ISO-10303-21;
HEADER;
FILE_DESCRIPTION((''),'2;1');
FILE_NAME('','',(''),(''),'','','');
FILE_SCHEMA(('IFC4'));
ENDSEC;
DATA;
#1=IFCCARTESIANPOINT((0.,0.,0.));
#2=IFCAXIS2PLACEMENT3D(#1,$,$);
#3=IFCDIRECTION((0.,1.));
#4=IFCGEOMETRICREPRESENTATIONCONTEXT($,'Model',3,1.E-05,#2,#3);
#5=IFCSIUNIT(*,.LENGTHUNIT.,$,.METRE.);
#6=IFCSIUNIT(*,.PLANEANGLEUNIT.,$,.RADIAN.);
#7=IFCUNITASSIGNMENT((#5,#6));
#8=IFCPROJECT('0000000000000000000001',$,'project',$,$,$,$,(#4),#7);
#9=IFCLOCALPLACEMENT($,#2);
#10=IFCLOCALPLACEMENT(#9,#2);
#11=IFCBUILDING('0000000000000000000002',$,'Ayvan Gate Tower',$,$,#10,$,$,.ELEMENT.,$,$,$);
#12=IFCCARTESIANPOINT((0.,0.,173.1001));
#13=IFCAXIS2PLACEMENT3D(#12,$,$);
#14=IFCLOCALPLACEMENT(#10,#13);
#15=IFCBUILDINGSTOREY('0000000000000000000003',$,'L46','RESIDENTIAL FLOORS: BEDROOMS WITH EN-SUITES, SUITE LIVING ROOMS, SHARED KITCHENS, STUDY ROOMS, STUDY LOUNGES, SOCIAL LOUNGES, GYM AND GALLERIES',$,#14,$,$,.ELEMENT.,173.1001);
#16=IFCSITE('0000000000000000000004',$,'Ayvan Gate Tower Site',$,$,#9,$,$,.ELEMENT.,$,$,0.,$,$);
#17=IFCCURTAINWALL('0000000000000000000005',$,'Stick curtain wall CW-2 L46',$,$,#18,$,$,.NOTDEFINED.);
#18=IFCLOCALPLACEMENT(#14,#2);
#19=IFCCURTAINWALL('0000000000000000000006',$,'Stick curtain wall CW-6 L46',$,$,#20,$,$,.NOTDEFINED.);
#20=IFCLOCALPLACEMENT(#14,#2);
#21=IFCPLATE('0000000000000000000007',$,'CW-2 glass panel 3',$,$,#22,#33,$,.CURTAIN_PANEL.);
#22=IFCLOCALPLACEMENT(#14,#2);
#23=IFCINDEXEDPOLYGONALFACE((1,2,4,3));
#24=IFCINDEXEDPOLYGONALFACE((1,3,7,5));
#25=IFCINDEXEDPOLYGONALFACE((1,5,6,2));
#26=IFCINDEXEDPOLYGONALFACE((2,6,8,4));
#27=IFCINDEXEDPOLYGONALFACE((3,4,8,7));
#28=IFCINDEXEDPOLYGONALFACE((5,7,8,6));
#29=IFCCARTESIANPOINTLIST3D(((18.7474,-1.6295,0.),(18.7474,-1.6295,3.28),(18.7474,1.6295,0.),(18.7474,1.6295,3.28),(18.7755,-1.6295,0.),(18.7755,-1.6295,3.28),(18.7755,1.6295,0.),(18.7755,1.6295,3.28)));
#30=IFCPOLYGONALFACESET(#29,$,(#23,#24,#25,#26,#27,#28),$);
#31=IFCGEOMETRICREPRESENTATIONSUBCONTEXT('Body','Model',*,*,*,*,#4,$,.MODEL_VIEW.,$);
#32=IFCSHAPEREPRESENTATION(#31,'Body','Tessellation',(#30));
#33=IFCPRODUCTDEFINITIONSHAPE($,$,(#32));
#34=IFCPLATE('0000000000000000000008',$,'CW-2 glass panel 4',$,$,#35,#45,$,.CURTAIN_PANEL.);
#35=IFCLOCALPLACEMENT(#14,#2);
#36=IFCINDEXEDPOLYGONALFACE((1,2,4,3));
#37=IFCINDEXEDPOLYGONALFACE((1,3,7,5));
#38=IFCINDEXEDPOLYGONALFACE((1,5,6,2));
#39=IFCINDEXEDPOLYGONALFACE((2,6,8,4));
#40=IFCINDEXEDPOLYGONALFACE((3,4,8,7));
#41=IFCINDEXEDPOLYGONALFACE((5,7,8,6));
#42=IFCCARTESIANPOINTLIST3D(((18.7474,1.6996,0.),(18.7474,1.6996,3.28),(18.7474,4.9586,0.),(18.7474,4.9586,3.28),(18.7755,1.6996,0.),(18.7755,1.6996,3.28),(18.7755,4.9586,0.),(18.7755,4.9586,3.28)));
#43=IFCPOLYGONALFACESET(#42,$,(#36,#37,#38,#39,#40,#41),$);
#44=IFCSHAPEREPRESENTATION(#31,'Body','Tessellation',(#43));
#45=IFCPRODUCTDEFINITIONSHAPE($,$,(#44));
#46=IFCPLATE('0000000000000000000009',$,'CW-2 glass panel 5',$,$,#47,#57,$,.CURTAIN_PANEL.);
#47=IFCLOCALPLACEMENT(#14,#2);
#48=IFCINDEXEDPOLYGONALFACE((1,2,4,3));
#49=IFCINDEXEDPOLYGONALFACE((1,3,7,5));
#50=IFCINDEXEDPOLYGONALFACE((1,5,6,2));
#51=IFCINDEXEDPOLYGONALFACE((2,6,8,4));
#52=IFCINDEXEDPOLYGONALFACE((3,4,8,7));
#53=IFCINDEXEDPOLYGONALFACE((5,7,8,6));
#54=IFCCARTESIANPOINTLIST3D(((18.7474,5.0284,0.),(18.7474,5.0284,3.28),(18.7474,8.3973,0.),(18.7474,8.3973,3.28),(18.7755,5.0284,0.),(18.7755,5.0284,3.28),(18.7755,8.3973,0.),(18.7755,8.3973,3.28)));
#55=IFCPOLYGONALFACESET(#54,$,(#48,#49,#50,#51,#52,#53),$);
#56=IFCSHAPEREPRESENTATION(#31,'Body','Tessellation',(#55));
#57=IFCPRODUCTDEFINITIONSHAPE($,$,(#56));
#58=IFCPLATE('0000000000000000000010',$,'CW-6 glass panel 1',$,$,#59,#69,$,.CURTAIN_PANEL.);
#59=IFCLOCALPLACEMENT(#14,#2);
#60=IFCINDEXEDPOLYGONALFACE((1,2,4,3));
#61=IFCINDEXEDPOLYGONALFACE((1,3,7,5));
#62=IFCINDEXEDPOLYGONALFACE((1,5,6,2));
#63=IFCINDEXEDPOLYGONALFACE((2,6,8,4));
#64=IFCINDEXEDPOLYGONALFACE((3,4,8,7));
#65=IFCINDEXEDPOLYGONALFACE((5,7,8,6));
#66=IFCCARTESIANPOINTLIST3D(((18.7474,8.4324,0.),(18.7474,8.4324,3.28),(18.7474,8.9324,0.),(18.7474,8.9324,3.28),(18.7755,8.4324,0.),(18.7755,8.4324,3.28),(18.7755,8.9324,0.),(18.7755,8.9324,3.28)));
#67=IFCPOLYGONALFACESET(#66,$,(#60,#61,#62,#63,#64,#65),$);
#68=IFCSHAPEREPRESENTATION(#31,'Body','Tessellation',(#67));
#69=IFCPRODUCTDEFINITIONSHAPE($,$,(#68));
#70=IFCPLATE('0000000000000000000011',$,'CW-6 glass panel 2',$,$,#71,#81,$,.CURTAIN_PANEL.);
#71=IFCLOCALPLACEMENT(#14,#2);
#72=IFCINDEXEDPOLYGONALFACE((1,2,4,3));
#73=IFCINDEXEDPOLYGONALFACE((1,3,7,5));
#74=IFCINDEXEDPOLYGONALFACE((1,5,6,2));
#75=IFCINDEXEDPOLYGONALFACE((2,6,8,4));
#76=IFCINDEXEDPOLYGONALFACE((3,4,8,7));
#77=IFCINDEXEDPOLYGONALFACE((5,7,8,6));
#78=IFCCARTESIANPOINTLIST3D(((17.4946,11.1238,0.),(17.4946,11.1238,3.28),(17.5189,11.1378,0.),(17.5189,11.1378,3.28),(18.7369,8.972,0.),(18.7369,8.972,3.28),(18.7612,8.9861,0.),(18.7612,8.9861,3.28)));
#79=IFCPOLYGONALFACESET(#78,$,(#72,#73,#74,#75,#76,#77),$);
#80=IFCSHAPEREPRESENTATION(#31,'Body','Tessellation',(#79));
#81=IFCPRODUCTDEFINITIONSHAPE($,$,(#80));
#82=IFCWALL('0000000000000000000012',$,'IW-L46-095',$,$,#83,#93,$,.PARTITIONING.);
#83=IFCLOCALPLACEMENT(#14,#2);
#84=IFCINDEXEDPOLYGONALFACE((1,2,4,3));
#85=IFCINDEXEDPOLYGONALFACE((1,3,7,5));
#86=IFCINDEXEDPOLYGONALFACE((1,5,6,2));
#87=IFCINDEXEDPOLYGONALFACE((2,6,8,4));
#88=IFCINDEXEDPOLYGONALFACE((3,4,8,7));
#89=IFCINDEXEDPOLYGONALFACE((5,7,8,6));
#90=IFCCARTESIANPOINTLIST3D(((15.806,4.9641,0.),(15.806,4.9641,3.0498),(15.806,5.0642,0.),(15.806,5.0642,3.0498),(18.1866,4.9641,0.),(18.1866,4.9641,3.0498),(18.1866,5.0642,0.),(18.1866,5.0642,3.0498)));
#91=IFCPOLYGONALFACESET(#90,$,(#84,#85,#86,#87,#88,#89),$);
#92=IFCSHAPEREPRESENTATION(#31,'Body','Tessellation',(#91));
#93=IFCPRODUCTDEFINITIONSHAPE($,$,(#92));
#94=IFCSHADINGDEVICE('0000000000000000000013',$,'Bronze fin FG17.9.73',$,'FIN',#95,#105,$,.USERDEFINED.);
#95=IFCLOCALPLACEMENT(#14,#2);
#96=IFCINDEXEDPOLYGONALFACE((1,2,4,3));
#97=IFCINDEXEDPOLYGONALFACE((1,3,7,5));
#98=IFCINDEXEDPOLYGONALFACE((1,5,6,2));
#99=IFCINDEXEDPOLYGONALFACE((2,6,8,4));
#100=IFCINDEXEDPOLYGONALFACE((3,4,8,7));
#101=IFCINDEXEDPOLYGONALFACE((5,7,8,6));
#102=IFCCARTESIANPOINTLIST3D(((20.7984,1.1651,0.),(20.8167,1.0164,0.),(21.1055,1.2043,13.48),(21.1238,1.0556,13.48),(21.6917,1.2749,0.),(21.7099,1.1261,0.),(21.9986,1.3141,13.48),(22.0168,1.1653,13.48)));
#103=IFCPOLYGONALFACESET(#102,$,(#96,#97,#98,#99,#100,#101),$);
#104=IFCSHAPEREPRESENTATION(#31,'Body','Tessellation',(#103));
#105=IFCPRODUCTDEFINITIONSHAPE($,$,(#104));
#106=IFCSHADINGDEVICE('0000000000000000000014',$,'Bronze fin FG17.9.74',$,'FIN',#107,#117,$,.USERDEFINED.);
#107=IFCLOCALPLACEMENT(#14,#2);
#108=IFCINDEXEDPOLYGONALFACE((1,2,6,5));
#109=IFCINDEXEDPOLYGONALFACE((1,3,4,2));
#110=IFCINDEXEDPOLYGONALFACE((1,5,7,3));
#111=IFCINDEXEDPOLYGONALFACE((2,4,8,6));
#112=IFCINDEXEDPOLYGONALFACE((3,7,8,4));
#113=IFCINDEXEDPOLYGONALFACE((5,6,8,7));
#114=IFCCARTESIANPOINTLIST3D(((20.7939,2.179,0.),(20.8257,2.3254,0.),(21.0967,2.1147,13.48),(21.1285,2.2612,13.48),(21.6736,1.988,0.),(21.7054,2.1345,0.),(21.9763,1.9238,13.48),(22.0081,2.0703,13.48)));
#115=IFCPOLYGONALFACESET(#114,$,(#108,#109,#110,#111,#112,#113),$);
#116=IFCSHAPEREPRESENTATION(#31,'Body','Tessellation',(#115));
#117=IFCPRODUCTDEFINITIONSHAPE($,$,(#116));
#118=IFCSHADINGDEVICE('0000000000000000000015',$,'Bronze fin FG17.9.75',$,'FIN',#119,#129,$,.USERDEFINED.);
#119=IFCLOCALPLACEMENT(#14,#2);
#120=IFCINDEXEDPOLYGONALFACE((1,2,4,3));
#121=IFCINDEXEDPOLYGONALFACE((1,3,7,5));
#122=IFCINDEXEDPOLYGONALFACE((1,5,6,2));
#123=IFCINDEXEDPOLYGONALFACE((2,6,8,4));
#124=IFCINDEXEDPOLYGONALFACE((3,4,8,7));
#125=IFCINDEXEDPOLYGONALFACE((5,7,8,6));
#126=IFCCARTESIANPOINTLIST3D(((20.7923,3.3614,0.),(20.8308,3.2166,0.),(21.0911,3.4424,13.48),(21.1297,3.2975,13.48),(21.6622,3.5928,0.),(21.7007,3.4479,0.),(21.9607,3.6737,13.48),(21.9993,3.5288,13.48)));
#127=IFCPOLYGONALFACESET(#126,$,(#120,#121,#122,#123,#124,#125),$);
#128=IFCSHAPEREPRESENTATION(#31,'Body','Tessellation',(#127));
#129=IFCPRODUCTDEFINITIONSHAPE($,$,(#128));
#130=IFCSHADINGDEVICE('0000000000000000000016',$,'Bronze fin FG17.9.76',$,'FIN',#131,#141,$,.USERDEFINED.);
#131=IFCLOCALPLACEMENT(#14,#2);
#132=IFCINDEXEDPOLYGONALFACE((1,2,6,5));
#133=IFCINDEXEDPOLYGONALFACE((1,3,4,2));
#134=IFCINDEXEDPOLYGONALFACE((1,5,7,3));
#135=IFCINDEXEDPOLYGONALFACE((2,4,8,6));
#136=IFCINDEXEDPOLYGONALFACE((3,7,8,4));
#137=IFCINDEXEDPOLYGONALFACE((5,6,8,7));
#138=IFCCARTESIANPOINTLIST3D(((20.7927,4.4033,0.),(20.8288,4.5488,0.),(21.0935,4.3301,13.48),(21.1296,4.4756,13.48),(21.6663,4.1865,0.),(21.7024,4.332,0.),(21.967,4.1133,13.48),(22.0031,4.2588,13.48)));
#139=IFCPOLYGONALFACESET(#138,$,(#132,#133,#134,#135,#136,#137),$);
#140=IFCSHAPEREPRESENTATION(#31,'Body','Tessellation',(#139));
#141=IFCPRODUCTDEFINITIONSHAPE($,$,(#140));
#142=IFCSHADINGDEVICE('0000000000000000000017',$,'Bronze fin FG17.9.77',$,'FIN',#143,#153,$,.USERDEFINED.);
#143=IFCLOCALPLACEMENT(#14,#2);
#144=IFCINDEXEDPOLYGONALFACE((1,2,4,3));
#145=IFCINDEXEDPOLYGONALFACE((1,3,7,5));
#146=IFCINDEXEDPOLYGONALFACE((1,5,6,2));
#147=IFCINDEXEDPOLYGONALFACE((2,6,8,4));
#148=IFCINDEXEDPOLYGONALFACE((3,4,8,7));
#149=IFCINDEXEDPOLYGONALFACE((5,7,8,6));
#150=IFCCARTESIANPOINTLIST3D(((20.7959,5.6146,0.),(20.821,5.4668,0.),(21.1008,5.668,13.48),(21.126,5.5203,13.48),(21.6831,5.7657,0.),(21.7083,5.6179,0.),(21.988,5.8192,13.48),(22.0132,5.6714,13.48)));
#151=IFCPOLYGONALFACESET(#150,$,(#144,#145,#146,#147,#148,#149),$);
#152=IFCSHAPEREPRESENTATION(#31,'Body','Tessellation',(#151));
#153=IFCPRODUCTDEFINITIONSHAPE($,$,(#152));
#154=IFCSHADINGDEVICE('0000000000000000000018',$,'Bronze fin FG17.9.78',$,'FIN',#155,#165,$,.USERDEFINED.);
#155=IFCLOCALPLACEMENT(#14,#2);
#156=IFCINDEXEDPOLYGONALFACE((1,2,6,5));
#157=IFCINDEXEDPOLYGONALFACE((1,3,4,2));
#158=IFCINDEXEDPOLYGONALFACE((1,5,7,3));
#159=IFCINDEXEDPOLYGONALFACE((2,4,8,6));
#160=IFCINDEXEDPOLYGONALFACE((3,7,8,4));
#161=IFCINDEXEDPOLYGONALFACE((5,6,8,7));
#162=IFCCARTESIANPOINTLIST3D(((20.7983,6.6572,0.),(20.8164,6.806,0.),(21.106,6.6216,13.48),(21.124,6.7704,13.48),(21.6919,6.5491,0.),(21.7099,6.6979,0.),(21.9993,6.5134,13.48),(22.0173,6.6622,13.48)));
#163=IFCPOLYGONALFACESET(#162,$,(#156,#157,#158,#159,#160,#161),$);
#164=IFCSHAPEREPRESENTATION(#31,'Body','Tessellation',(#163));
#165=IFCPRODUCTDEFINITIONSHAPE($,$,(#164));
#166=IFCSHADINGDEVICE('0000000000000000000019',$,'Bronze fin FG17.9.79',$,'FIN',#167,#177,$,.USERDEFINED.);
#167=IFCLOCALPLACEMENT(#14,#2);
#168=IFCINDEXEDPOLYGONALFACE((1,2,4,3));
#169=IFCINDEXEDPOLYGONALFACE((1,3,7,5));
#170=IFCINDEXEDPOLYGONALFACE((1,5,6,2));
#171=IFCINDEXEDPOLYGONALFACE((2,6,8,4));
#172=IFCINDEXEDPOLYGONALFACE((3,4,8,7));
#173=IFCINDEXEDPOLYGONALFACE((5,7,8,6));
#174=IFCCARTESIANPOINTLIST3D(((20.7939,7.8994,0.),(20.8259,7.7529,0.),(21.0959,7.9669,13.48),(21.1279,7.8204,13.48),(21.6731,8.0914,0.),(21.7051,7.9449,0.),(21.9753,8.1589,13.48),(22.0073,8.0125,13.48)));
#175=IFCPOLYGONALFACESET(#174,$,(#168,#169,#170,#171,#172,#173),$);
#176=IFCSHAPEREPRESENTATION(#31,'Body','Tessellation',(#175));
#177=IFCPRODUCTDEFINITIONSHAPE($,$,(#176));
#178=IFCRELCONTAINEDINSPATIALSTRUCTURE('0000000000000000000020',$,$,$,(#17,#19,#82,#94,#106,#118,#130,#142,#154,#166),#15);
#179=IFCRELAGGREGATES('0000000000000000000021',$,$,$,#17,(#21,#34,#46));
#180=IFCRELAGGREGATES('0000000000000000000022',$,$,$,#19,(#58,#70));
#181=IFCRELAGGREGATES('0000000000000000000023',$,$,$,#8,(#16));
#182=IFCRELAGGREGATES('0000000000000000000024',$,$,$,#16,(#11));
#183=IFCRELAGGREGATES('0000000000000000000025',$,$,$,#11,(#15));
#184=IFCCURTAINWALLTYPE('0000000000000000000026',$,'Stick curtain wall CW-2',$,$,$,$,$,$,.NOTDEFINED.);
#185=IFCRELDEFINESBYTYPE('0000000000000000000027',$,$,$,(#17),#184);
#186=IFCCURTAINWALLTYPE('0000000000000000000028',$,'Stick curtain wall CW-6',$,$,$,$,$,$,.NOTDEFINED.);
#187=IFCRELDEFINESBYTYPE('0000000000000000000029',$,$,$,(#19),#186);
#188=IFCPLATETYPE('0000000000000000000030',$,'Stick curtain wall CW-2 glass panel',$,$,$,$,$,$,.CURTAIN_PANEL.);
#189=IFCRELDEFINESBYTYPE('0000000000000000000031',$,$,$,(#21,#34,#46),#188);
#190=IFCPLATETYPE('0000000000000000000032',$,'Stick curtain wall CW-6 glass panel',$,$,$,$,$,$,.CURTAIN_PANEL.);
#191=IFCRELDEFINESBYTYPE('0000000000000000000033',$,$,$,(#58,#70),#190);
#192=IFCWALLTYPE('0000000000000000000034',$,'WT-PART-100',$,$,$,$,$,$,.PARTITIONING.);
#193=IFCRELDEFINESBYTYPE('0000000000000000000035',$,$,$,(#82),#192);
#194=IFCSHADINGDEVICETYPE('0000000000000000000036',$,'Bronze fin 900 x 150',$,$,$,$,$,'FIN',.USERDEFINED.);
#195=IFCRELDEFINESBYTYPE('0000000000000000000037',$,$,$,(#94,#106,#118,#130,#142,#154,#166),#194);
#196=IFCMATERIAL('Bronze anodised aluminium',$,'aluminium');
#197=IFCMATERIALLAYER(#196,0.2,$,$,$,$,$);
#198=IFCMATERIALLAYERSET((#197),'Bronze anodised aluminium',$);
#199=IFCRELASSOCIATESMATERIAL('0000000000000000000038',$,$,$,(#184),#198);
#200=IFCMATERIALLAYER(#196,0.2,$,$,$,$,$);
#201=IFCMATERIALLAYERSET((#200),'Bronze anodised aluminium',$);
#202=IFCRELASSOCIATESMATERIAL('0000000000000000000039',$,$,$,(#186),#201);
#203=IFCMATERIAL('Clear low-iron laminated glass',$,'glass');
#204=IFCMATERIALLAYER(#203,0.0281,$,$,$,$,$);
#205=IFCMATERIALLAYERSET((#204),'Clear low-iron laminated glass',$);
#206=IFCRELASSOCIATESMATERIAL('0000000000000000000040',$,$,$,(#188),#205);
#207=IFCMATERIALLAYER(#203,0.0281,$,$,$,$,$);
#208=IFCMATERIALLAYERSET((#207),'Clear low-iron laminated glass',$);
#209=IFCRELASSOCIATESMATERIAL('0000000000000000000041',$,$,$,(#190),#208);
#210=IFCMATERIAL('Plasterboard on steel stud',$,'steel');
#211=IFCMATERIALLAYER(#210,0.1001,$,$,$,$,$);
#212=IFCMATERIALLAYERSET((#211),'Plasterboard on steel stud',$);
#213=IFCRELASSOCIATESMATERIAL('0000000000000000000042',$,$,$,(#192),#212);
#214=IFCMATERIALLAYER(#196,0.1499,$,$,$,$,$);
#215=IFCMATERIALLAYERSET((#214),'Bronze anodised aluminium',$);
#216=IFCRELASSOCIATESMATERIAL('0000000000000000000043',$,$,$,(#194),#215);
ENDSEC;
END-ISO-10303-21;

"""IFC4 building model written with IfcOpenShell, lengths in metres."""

from ifc_helpers import new_model, si_unit, direction, frame, frame_2d, origin, origin_2d, place, context, subcontext, project, spatial, polyline, rectangle, outline, extrude, material, layer, layer_set, type_object, element, aggregate, save


model = new_model("IFC4")

# Units and contexts
model_context = context("Model", 3, precision=1e-05, world=origin(), true_north=direction((0.0, 1.0)))
body_context = subcontext(model_context, "Body", "Model", "MODEL_VIEW")
ifc_project = project(units=[si_unit("LENGTHUNIT", "METRE"), si_unit("PLANEANGLEUNIT", "RADIAN")], contexts=[model_context])

# Site, building, storey
site_placement = place(None, origin())
site = spatial("IfcSite", under=ifc_project, at=site_placement, Name="Ayvan Gate Tower Site", CompositionType="ELEMENT", RefElevation=0.0)
building_placement = place(site_placement, origin())
building = spatial("IfcBuilding", under=site, at=building_placement, Name="Ayvan Gate Tower", CompositionType="ELEMENT")
storey_placement = place(building_placement, frame((0.0, 0.0, 173.1001)))
storey = spatial("IfcBuildingStorey", under=building, at=storey_placement, Name="L46", Description="RESIDENTIAL FLOORS: BEDROOMS WITH EN-SUITES, SUITE LIVING ROOMS, SHARED KITCHENS, STUDY ROOMS, STUDY LOUNGES, SOCIAL LOUNGES, GYM AND GALLERIES", CompositionType="ELEMENT", Elevation=173.1001)

# Curtain walls
ifc_material_1 = material(Name="Bronze anodised aluminium", Category="aluminium")
ifc_layer_1 = layer(ifc_material_1, 0.2)
ifc_layer_set_1 = layer_set([ifc_layer_1], Name="Bronze anodised aluminium")
curtain_wall_type_1 = type_object("IfcCurtainWallType", Name="Stick curtain wall CW-2", PredefinedType="NOTDEFINED", material=ifc_layer_set_1)
curtain_wall_1_placement = place(storey_placement, origin())
curtain_wall_1 = element("IfcCurtainWall", 1, at=curtain_wall_1_placement, inside=storey, type_object=curtain_wall_type_1, Name="Stick curtain wall CW-2 L46", PredefinedType="NOTDEFINED")
ifc_layer_2 = layer(ifc_material_1, 0.2)
ifc_layer_set_2 = layer_set([ifc_layer_2], Name="Bronze anodised aluminium")
curtain_wall_type_2 = type_object("IfcCurtainWallType", Name="Stick curtain wall CW-6", PredefinedType="NOTDEFINED", material=ifc_layer_set_2)
curtain_wall_2_placement = place(storey_placement, origin())
curtain_wall_2 = element("IfcCurtainWall", 2, at=curtain_wall_2_placement, inside=storey, type_object=curtain_wall_type_2, Name="Stick curtain wall CW-6 L46", PredefinedType="NOTDEFINED")

# Plates
ifc_material_2 = material(Name="Clear low-iron laminated glass", Category="glass")
ifc_layer_3 = layer(ifc_material_2, 0.0281)
ifc_layer_set_3 = layer_set([ifc_layer_3], Name="Clear low-iron laminated glass")
plate_type_1 = type_object("IfcPlateType", Name="Stick curtain wall CW-2 glass panel", PredefinedType="CURTAIN_PANEL", material=ifc_layer_set_3)
plate_1_placement = place(storey_placement, frame((18.7615, 0.0, 0.0), z_axis=(0.0, 0.0, 1.0), x_axis=(0.0, 1.0, 0.0)))
plate_1 = element("IfcPlate", 3, at=plate_1_placement, type_object=plate_type_1, Name="CW-2 glass panel 3", PredefinedType="CURTAIN_PANEL", context=body_context, shape_type="SweptSolid", body=[
    extrude(rectangle(XDim=3.259, YDim=0.0281, at=origin_2d()), origin(), (0.0, 0.0, 1.0), 3.28),
])
plate_2_placement = place(storey_placement, frame((18.7615, 3.3291, 0.0), z_axis=(0.0, 0.0, 1.0), x_axis=(0.0, 1.0, 0.0)))
plate_2 = element("IfcPlate", 4, at=plate_2_placement, type_object=plate_type_1, Name="CW-2 glass panel 4", PredefinedType="CURTAIN_PANEL", context=body_context, shape_type="SweptSolid", body=[
    extrude(rectangle(XDim=3.259, YDim=0.0281, at=origin_2d()), origin(), (0.0, 0.0, 1.0), 3.28),
])
plate_3_placement = place(storey_placement, frame((18.7615, 6.7129, 0.0), z_axis=(0.0, 0.0, 1.0), x_axis=(0.0, 1.0, 0.0)))
plate_3 = element("IfcPlate", 5, at=plate_3_placement, type_object=plate_type_1, Name="CW-2 glass panel 5", PredefinedType="CURTAIN_PANEL", context=body_context, shape_type="SweptSolid", body=[
    extrude(rectangle(XDim=3.3689, YDim=0.0281, at=origin_2d()), origin(), (0.0, 0.0, 1.0), 3.28),
])
aggregate(curtain_wall_1, [plate_1, plate_2, plate_3])
ifc_layer_4 = layer(ifc_material_2, 0.0281)
ifc_layer_set_4 = layer_set([ifc_layer_4], Name="Clear low-iron laminated glass")
plate_type_2 = type_object("IfcPlateType", Name="Stick curtain wall CW-6 glass panel", PredefinedType="CURTAIN_PANEL", material=ifc_layer_set_4)
plate_4_placement = place(storey_placement, frame((18.7615, 8.6824, 0.0), z_axis=(0.0, 0.0, 1.0), x_axis=(0.0, 1.0, 0.0)))
plate_4 = element("IfcPlate", 6, at=plate_4_placement, type_object=plate_type_2, Name="CW-6 glass panel 1", PredefinedType="CURTAIN_PANEL", context=body_context, shape_type="SweptSolid", body=[
    extrude(rectangle(XDim=0.5, YDim=0.0281, at=origin_2d()), origin(), (0.0, 0.0, 1.0), 3.28),
])
plate_5_placement = place(storey_placement, frame((18.1279, 10.0549, 0.0), z_axis=(0.0, 0.0, 1.0), x_axis=(-0.5, 0.866025, 0.0)))
plate_5 = element("IfcPlate", 7, at=plate_5_placement, type_object=plate_type_2, Name="CW-6 glass panel 2", PredefinedType="CURTAIN_PANEL", context=body_context, shape_type="SweptSolid", body=[
    extrude(rectangle(XDim=2.4846, YDim=0.0281, at=origin_2d()), origin(), (0.0, 0.0, 1.0), 3.28),
])
aggregate(curtain_wall_2, [plate_4, plate_5])

# Wall
ifc_material_3 = material(Name="Plasterboard on steel stud", Category="steel")
ifc_layer_5 = layer(ifc_material_3, 0.1001)
ifc_layer_set_5 = layer_set([ifc_layer_5], Name="Plasterboard on steel stud")
wall_type = type_object("IfcWallType", Name="WT-PART-100", PredefinedType="PARTITIONING", material=ifc_layer_set_5)
wall_placement = place(storey_placement, frame((15.8059, 5.0142, 0.0), z_axis=(0.0, 0.0, 1.0), x_axis=(1.0, 0.0, 0.0)))
element("IfcWall", 8, at=wall_placement, inside=storey, type_object=wall_type, Name="IW-L46-095", PredefinedType="PARTITIONING", context=body_context, shape_type="SweptSolid", body=[
    extrude(rectangle(XDim=2.3806, YDim=0.1001, at=frame_2d((1.1904, 0.0))), origin(), (0.0, 0.0, 1.0), 3.0498),
])

# Shading devices
ifc_layer_6 = layer(ifc_material_1, 0.1499)
ifc_layer_set_6 = layer_set([ifc_layer_6], Name="Bronze anodised aluminium")
shading_device_type = type_object("IfcShadingDeviceType", Name="Bronze fin 900 x 150", ElementType="FIN", PredefinedType="USERDEFINED", material=ifc_layer_set_6)
shading_device_1_placement = place(storey_placement, frame((20.8167, 1.0164, 0.0), z_axis=(0.121948, -0.992537, 0.000108), x_axis=(0.992537, 0.121948, 0.0)))
element("IfcShadingDevice", 9, at=shading_device_1_placement, inside=storey, type_object=shading_device_type, Name="Bronze fin FG17.9.73", ObjectType="FIN", PredefinedType="USERDEFINED", context=body_context, shape_type="SweptSolid", body=[
    extrude(outline(polyline([(0.0, 0.0), (0.9, 0.0), (1.2094, 13.48), (0.3096, 13.48), (0.0, 0.0)])), origin(), (0.0, 0.0, -1.0), 0.1499),
])
shading_device_2_placement = place(storey_placement, frame((20.7939, 2.179, 0.0), z_axis=(-0.212103, -0.977247, 0.000109), x_axis=(0.977247, -0.212103, 0.0)))
element("IfcShadingDevice", 10, at=shading_device_2_placement, inside=storey, type_object=shading_device_type, Name="Bronze fin FG17.9.74", ObjectType="FIN", PredefinedType="USERDEFINED", context=body_context, shape_type="SweptSolid", body=[
    extrude(outline(polyline([(0.0, 0.0), (0.9001, 0.0), (1.2096, 13.48), (0.3095, 13.48), (0.0, 0.0)])), origin(), (0.0, 0.0, -1.0), 0.1499),
])
shading_device_3_placement = place(storey_placement, frame((20.8308, 3.2166, 0.0), z_axis=(0.257029, -0.966404, 0.000107), x_axis=(0.966404, 0.257029, 0.0)))
element("IfcShadingDevice", 11, at=shading_device_3_placement, inside=storey, type_object=shading_device_type, Name="Bronze fin FG17.9.75", ObjectType="FIN", PredefinedType="USERDEFINED", context=body_context, shape_type="SweptSolid", body=[
    extrude(outline(polyline([(0.0, 0.0), (0.9001, 0.0), (1.2095, 13.48), (0.3096, 13.48), (0.0, 0.0)])), origin(), (0.0, 0.0, -1.0), 0.1499),
])
shading_device_4_placement = place(storey_placement, frame((20.7927, 4.4033, 0.0), z_axis=(-0.240876, -0.970556, 0.000101), x_axis=(0.970556, -0.240876, 0.0)))
element("IfcShadingDevice", 12, at=shading_device_4_placement, inside=storey, type_object=shading_device_type, Name="Bronze fin FG17.9.76", ObjectType="FIN", PredefinedType="USERDEFINED", context=body_context, shape_type="SweptSolid", body=[
    extrude(outline(polyline([(0.0, 0.0), (0.9, 0.0), (1.2096, 13.48), (0.3096, 13.48), (0.0, 0.0)])), origin(), (0.0, 0.0, -1.0), 0.1499),
])
shading_device_5_placement = place(storey_placement, frame((20.821, 5.4668, 0.0), z_axis=(0.167917, -0.985801, 0.000112), x_axis=(0.985801, 0.167917, 0.0)))
element("IfcShadingDevice", 13, at=shading_device_5_placement, inside=storey, type_object=shading_device_type, Name="Bronze fin FG17.9.77", ObjectType="FIN", PredefinedType="USERDEFINED", context=body_context, shape_type="SweptSolid", body=[
    extrude(outline(polyline([(0.0, 0.0), (0.9, 0.0), (1.2096, 13.48), (0.3096, 13.48), (0.0, 0.0)])), origin(), (0.0, 0.0, -1.0), 0.1499),
])
shading_device_6_placement = place(storey_placement, frame((20.7983, 6.6572, 0.0), z_axis=(-0.120177, -0.992752, 0.000116), x_axis=(0.992752, -0.120177, 0.0)))
element("IfcShadingDevice", 14, at=shading_device_6_placement, inside=storey, type_object=shading_device_type, Name="Bronze fin FG17.9.78", ObjectType="FIN", PredefinedType="USERDEFINED", context=body_context, shape_type="SweptSolid", body=[
    extrude(outline(polyline([(0.0, 0.0), (0.9001, 0.0), (1.2095, 13.48), (0.3097, 13.48), (0.0, 0.0)])), origin(), (0.0, 0.0, -1.0), 0.1499),
])
shading_device_7_placement = place(storey_placement, frame((20.8259, 7.7529, 0.0), z_axis=(0.213353, -0.976975, 0.000111), x_axis=(0.976975, 0.213353, 0.0)))
element("IfcShadingDevice", 15, at=shading_device_7_placement, inside=storey, type_object=shading_device_type, Name="Bronze fin FG17.9.79", ObjectType="FIN", PredefinedType="USERDEFINED", context=body_context, shape_type="SweptSolid", body=[
    extrude(outline(polyline([(0.0, 0.0), (0.8998, 0.0), (1.2096, 13.48), (0.3094, 13.48), (0.0, 0.0)])), origin(), (0.0, 0.0, -1.0), 0.1499),
])

save(model, "model.ifc")
